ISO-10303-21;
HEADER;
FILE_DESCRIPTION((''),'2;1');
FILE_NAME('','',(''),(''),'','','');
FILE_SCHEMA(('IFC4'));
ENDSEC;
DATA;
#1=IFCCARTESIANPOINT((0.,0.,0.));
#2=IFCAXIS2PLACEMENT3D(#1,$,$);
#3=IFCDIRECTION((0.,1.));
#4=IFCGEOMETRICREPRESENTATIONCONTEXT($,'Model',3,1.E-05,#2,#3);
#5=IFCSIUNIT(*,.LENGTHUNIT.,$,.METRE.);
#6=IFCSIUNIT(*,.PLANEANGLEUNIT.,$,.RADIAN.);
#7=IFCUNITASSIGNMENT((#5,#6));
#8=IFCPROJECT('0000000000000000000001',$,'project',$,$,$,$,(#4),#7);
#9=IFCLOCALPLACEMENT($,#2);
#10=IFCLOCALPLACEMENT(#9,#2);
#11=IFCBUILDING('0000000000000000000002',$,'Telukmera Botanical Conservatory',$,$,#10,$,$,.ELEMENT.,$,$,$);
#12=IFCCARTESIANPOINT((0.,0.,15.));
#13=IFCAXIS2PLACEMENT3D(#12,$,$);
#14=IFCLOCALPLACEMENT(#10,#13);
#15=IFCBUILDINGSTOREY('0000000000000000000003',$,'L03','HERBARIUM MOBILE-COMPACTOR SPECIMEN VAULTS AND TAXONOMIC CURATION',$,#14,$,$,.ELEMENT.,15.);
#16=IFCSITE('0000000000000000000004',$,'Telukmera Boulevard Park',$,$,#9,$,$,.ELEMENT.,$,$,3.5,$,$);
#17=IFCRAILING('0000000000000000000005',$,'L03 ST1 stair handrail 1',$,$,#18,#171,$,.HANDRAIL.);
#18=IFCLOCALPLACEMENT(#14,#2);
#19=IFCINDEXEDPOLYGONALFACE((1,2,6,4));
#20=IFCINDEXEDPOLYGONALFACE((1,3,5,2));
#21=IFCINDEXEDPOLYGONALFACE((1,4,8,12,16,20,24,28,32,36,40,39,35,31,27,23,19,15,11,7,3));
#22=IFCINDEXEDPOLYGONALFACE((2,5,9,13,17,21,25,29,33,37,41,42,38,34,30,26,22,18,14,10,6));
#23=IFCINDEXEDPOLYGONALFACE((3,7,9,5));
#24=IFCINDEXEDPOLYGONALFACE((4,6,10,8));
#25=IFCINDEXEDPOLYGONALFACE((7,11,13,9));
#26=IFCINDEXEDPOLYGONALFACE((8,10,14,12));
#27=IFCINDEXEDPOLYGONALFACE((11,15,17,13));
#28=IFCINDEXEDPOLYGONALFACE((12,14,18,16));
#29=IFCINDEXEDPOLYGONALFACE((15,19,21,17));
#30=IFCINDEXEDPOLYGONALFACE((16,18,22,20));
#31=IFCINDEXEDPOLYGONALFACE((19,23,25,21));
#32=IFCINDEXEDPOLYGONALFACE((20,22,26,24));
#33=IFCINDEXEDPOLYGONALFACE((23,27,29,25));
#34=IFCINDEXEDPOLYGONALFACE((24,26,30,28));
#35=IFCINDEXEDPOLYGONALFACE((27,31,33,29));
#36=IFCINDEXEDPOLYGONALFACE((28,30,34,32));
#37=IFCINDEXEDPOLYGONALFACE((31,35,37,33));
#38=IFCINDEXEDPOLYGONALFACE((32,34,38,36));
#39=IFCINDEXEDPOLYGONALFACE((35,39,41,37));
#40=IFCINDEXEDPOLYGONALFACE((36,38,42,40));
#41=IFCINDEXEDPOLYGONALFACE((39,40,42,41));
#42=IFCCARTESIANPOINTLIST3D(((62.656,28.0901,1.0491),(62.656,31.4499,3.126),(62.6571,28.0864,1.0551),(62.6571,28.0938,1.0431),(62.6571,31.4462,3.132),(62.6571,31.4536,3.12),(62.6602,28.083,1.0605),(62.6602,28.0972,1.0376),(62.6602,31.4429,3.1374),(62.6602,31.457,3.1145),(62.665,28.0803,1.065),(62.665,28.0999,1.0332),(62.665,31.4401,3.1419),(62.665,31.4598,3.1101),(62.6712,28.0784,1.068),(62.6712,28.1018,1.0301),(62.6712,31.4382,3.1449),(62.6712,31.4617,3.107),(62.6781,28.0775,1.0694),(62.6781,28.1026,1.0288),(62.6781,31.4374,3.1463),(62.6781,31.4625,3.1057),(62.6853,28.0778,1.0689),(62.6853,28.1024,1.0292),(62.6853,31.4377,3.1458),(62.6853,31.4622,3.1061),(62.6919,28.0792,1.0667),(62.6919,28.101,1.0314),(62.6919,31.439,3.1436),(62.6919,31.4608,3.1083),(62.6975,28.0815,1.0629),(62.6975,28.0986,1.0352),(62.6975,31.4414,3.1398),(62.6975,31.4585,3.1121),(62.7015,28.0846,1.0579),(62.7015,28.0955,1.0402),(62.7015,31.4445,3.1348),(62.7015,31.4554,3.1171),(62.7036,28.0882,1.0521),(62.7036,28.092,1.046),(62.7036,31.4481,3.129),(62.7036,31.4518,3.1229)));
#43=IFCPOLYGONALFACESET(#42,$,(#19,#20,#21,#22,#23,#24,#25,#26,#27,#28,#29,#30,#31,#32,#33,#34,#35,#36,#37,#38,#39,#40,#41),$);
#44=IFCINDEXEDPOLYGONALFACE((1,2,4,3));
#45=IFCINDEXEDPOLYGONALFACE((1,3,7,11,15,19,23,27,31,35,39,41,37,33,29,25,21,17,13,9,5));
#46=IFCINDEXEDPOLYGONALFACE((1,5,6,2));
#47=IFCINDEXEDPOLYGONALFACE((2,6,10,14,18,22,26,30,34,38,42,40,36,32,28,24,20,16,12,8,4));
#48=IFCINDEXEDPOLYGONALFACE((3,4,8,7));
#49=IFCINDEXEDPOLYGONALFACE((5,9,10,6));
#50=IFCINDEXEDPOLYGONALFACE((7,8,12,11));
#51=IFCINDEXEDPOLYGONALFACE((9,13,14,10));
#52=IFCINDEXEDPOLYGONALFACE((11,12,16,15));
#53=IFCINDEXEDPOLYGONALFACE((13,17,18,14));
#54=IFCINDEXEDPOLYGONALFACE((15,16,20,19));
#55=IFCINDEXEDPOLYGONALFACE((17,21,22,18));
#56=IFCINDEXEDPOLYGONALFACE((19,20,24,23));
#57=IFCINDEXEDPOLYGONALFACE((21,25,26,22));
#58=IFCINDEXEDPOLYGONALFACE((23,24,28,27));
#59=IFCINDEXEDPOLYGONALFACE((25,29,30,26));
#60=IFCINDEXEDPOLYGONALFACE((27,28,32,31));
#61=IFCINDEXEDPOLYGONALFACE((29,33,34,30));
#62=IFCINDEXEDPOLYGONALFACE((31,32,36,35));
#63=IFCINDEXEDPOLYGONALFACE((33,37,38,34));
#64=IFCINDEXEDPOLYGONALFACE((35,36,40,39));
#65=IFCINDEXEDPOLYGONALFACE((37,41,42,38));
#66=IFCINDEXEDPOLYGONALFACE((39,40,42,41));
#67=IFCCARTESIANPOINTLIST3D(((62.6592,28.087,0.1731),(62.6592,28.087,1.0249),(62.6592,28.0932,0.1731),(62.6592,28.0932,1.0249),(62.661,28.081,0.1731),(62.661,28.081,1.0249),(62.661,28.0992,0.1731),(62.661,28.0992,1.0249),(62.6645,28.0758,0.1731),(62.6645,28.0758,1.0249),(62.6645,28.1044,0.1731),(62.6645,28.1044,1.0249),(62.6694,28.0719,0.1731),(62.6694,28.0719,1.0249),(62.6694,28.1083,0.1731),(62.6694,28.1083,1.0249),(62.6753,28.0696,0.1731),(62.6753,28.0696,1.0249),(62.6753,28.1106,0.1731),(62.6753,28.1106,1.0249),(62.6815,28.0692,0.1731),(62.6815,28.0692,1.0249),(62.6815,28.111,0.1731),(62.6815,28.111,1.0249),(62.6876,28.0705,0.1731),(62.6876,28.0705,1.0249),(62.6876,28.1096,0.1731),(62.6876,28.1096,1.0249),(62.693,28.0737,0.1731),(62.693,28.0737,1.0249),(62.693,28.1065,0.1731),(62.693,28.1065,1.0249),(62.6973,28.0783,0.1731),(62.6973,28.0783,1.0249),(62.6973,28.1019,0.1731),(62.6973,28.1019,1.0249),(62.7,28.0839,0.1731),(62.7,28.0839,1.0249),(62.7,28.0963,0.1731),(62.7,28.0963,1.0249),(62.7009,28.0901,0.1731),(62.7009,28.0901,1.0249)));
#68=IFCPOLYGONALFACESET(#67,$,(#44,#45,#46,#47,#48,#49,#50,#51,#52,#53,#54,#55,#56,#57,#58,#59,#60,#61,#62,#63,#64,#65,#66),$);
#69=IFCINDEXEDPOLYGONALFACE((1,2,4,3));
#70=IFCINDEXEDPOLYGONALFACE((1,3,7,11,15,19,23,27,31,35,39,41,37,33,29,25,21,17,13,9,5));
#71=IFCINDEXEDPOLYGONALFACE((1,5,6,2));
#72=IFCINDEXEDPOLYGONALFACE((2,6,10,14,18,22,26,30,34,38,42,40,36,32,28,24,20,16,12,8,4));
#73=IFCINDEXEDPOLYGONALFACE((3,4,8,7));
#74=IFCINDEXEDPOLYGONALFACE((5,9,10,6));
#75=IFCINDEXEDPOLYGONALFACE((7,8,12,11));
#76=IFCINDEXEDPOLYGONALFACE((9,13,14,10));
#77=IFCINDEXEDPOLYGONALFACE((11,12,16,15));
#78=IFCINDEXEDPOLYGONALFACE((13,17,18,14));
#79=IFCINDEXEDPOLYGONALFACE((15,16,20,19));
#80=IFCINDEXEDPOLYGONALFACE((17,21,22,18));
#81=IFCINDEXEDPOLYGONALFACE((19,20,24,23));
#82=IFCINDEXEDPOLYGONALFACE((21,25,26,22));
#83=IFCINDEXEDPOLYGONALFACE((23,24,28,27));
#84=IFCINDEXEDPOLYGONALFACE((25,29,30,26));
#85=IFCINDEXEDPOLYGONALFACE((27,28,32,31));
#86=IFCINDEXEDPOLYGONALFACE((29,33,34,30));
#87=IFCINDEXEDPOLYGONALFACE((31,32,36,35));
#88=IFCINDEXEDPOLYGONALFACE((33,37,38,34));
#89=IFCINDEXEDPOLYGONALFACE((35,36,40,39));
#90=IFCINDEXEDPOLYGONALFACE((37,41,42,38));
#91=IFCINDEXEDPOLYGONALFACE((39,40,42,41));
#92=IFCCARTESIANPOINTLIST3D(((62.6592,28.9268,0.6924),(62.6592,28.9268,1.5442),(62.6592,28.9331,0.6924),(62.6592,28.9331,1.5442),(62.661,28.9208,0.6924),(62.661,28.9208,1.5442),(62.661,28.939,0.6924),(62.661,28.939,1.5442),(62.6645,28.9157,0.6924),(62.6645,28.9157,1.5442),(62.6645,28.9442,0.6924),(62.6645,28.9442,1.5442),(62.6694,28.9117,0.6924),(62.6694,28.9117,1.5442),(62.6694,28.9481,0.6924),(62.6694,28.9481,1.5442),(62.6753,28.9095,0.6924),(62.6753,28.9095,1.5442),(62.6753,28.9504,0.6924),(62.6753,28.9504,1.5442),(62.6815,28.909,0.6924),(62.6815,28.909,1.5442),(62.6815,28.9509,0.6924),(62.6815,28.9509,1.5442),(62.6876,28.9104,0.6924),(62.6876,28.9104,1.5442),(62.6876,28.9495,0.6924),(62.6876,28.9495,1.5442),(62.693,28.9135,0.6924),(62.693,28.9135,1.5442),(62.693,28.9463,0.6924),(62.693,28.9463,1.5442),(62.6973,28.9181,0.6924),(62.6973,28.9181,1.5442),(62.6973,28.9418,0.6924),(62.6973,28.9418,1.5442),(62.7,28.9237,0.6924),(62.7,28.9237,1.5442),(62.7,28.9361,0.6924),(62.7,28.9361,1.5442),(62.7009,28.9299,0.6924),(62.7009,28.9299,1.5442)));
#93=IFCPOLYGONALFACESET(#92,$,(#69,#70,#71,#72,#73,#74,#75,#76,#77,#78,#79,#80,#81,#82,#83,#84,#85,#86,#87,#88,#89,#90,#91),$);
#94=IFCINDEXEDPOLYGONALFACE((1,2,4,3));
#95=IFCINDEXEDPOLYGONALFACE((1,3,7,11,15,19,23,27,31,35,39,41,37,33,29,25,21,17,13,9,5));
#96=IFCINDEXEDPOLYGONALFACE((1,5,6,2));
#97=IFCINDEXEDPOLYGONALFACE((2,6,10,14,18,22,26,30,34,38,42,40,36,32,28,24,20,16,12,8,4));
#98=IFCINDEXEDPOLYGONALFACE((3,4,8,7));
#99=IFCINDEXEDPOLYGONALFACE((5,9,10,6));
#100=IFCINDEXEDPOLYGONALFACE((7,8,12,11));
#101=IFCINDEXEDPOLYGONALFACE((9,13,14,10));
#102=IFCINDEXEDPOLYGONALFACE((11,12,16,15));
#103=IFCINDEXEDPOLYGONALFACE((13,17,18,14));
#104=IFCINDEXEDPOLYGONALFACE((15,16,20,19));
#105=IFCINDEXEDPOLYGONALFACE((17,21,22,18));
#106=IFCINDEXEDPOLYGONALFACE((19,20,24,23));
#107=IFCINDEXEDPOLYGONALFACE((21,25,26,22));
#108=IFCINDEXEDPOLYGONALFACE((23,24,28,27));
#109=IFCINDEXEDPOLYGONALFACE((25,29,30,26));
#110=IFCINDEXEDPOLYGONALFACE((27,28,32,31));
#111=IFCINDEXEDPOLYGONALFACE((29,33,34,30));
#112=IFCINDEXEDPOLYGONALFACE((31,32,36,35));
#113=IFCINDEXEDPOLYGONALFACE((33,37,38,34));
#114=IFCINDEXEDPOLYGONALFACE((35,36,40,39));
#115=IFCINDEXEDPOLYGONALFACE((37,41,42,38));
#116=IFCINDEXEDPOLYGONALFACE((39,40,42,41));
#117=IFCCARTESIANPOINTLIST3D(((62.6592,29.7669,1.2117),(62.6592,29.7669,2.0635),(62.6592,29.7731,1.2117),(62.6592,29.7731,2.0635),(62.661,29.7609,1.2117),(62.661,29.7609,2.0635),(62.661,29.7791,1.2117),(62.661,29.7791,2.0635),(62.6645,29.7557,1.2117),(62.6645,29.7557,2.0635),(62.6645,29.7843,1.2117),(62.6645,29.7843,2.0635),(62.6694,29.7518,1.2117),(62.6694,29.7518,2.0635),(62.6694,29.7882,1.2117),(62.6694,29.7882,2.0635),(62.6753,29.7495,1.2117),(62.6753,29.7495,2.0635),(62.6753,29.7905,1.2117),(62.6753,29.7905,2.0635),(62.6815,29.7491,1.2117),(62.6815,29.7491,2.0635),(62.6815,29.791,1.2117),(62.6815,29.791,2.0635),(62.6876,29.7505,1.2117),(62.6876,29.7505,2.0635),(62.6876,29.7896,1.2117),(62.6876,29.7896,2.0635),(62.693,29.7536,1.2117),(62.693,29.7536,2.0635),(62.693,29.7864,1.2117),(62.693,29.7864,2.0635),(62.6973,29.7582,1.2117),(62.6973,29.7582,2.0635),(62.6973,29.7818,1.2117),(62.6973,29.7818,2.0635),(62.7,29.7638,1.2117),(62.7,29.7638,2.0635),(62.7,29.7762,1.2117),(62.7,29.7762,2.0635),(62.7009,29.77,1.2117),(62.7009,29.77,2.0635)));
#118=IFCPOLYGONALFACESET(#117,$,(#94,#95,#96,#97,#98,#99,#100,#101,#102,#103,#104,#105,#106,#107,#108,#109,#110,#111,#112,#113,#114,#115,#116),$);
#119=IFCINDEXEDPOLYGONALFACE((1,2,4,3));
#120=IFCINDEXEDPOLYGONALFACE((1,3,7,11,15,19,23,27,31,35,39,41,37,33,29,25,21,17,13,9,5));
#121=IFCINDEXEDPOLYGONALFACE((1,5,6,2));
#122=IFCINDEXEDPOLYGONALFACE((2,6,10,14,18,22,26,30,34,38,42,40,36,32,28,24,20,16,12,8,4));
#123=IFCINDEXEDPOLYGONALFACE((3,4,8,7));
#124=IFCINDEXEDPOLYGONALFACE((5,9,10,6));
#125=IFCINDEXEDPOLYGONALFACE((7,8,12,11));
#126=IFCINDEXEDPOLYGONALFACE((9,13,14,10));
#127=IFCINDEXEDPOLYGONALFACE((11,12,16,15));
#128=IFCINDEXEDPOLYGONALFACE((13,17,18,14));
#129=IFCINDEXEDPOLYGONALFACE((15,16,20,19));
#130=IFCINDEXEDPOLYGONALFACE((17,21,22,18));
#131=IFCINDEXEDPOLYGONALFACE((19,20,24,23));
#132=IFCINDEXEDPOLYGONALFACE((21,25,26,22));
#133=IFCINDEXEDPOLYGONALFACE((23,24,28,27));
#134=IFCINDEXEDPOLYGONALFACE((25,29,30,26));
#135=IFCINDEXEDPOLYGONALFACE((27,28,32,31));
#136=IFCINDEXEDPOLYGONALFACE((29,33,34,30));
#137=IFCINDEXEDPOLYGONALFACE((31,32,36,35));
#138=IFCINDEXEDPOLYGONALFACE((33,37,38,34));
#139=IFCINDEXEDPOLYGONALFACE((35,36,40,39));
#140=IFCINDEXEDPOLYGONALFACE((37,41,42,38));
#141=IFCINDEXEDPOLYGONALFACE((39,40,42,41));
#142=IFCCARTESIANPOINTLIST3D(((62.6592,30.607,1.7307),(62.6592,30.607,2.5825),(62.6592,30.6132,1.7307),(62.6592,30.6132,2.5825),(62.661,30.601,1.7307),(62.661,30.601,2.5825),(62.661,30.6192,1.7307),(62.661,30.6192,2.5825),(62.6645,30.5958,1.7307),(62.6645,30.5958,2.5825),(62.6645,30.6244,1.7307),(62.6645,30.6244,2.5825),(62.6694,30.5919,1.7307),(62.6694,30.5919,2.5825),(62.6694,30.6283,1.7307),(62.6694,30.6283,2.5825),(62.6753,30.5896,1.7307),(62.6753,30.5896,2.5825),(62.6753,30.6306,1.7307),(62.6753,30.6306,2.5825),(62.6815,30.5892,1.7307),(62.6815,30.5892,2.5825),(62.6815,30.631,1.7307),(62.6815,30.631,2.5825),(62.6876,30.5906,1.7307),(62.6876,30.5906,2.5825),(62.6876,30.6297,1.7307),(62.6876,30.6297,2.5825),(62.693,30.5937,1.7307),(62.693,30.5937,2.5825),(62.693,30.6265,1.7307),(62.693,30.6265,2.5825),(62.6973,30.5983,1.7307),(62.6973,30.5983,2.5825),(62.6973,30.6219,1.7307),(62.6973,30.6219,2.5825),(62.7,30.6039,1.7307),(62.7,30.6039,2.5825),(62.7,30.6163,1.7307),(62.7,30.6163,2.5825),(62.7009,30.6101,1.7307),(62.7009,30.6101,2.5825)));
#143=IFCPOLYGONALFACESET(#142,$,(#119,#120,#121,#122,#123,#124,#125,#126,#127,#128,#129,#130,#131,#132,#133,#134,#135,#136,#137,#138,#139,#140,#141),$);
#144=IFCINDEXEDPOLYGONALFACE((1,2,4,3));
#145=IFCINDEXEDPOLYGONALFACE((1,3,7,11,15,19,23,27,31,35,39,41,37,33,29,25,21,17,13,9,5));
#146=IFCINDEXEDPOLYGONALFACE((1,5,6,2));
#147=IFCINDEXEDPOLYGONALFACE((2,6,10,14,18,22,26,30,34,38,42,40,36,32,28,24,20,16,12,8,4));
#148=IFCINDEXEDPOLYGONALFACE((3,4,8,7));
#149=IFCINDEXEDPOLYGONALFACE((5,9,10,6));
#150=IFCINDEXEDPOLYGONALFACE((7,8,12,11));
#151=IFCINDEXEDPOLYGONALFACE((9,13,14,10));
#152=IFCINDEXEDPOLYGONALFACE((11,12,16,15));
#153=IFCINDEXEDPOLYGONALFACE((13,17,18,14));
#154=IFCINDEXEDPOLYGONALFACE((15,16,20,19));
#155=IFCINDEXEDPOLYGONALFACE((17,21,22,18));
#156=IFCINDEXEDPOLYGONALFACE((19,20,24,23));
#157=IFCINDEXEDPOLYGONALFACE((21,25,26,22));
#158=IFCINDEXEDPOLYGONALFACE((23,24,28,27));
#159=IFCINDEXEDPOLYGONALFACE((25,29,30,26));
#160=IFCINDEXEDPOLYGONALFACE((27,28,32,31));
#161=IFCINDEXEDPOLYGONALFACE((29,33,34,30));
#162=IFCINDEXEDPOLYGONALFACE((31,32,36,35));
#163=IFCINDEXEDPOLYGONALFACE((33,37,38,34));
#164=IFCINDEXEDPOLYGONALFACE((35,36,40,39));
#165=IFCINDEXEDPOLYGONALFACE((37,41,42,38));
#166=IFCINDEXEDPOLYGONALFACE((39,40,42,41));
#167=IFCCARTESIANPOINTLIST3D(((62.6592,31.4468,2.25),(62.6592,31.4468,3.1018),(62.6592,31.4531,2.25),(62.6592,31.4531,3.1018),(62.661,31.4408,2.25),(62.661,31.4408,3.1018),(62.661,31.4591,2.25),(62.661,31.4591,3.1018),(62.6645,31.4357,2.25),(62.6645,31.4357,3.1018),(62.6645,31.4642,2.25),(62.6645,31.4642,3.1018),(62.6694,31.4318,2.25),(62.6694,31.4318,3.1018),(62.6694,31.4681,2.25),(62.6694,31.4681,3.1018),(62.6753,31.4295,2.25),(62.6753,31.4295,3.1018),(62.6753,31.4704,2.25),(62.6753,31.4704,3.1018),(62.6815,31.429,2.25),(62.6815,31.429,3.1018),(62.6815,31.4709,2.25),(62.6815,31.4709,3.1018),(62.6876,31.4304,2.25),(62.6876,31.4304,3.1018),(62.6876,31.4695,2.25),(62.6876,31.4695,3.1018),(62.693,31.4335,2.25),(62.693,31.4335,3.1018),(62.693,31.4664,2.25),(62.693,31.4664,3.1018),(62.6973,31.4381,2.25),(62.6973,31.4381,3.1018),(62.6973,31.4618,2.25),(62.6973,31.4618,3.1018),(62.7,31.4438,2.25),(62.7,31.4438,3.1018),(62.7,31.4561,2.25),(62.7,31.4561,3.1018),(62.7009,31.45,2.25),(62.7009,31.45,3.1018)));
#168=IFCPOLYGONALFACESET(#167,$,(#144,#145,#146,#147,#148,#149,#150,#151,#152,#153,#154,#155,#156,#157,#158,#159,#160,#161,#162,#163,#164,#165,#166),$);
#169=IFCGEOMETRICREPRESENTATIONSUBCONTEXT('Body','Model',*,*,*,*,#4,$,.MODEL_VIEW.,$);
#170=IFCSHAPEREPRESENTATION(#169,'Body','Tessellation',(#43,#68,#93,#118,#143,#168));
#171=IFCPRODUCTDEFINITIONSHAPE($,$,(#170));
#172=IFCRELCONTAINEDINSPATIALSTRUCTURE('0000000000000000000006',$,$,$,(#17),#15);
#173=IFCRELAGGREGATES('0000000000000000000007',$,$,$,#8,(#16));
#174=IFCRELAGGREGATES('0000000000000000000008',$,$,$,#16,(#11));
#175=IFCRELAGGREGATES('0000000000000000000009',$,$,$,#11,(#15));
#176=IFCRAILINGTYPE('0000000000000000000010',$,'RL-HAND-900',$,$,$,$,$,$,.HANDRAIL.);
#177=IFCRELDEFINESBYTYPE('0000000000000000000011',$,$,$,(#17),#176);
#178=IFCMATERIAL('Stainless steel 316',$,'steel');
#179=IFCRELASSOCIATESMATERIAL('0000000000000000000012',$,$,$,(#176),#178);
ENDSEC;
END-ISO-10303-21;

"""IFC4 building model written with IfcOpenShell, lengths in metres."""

from ifc_helpers import new_model, si_unit, direction, frame, origin, origin_2d, place, context, subcontext, project, spatial, circle, extrude, material, type_object, element, save


model = new_model("IFC4")

# Units and contexts
model_context = context("Model", 3, precision=1e-05, world=origin(), true_north=direction((0.0, 1.0)))
body_context = subcontext(model_context, "Body", "Model", "MODEL_VIEW")
ifc_project = project(units=[si_unit("LENGTHUNIT", "METRE"), si_unit("PLANEANGLEUNIT", "RADIAN")], contexts=[model_context])

# Site, building, storey
site_placement = place(None, origin())
site = spatial("IfcSite", under=ifc_project, at=site_placement, Name="Telukmera Boulevard Park", CompositionType="ELEMENT", RefElevation=3.5)
building_placement = place(site_placement, origin())
building = spatial("IfcBuilding", under=site, at=building_placement, Name="Telukmera Botanical Conservatory", CompositionType="ELEMENT")
storey_placement = place(building_placement, frame((0.0, 0.0, 15.0)))
storey = spatial("IfcBuildingStorey", under=building, at=storey_placement, Name="L03", Description="HERBARIUM MOBILE-COMPACTOR SPECIMEN VAULTS AND TAXONOMIC CURATION", CompositionType="ELEMENT", Elevation=15.0)

# Shared definitions
ifc_material_1 = material(Name="Stainless steel 316", Category="steel")

# Railing
railing_type_1 = type_object("IfcRailingType", Name="RL-HAND-900", PredefinedType="HANDRAIL", material=ifc_material_1)
railing_1_placement = place(storey_placement, frame((62.6799, 28.0901, 0.1731)))
element("IfcRailing", 1, at=railing_1_placement, inside=storey, type_object=railing_type_1, Name="L03 ST1 stair handrail 1", PredefinedType="HANDRAIL", context=body_context, shape_type="SweptSolid", body=[
    extrude(circle(Radius=0.0239, at=origin_2d()), frame((0.0, 0.0, 0.876), z_axis=(0.0, 0.850606, 0.525803), x_axis=(-1.0, 0.0, 0.0)), (0.0, 0.0, 1.0), 3.95),
    extrude(circle(Radius=0.021, at=origin_2d()), origin(), (0.0, 0.0, 1.0), 0.8518),
    extrude(circle(Radius=0.021, at=origin_2d()), frame((0.0, 0.8398, 0.5193)), (0.0, 0.0, 1.0), 0.8518),
    extrude(circle(Radius=0.021, at=origin_2d()), frame((0.0, 1.6799, 1.0386)), (0.0, 0.0, 1.0), 0.8518),
    extrude(circle(Radius=0.021, at=origin_2d()), frame((0.0, 2.52, 1.5576)), (0.0, 0.0, 1.0), 0.8518),
    extrude(circle(Radius=0.021, at=origin_2d()), frame((0.0, 3.3599, 2.0769)), (0.0, 0.0, 1.0), 0.8518),
])

save(model, "model.ifc")
